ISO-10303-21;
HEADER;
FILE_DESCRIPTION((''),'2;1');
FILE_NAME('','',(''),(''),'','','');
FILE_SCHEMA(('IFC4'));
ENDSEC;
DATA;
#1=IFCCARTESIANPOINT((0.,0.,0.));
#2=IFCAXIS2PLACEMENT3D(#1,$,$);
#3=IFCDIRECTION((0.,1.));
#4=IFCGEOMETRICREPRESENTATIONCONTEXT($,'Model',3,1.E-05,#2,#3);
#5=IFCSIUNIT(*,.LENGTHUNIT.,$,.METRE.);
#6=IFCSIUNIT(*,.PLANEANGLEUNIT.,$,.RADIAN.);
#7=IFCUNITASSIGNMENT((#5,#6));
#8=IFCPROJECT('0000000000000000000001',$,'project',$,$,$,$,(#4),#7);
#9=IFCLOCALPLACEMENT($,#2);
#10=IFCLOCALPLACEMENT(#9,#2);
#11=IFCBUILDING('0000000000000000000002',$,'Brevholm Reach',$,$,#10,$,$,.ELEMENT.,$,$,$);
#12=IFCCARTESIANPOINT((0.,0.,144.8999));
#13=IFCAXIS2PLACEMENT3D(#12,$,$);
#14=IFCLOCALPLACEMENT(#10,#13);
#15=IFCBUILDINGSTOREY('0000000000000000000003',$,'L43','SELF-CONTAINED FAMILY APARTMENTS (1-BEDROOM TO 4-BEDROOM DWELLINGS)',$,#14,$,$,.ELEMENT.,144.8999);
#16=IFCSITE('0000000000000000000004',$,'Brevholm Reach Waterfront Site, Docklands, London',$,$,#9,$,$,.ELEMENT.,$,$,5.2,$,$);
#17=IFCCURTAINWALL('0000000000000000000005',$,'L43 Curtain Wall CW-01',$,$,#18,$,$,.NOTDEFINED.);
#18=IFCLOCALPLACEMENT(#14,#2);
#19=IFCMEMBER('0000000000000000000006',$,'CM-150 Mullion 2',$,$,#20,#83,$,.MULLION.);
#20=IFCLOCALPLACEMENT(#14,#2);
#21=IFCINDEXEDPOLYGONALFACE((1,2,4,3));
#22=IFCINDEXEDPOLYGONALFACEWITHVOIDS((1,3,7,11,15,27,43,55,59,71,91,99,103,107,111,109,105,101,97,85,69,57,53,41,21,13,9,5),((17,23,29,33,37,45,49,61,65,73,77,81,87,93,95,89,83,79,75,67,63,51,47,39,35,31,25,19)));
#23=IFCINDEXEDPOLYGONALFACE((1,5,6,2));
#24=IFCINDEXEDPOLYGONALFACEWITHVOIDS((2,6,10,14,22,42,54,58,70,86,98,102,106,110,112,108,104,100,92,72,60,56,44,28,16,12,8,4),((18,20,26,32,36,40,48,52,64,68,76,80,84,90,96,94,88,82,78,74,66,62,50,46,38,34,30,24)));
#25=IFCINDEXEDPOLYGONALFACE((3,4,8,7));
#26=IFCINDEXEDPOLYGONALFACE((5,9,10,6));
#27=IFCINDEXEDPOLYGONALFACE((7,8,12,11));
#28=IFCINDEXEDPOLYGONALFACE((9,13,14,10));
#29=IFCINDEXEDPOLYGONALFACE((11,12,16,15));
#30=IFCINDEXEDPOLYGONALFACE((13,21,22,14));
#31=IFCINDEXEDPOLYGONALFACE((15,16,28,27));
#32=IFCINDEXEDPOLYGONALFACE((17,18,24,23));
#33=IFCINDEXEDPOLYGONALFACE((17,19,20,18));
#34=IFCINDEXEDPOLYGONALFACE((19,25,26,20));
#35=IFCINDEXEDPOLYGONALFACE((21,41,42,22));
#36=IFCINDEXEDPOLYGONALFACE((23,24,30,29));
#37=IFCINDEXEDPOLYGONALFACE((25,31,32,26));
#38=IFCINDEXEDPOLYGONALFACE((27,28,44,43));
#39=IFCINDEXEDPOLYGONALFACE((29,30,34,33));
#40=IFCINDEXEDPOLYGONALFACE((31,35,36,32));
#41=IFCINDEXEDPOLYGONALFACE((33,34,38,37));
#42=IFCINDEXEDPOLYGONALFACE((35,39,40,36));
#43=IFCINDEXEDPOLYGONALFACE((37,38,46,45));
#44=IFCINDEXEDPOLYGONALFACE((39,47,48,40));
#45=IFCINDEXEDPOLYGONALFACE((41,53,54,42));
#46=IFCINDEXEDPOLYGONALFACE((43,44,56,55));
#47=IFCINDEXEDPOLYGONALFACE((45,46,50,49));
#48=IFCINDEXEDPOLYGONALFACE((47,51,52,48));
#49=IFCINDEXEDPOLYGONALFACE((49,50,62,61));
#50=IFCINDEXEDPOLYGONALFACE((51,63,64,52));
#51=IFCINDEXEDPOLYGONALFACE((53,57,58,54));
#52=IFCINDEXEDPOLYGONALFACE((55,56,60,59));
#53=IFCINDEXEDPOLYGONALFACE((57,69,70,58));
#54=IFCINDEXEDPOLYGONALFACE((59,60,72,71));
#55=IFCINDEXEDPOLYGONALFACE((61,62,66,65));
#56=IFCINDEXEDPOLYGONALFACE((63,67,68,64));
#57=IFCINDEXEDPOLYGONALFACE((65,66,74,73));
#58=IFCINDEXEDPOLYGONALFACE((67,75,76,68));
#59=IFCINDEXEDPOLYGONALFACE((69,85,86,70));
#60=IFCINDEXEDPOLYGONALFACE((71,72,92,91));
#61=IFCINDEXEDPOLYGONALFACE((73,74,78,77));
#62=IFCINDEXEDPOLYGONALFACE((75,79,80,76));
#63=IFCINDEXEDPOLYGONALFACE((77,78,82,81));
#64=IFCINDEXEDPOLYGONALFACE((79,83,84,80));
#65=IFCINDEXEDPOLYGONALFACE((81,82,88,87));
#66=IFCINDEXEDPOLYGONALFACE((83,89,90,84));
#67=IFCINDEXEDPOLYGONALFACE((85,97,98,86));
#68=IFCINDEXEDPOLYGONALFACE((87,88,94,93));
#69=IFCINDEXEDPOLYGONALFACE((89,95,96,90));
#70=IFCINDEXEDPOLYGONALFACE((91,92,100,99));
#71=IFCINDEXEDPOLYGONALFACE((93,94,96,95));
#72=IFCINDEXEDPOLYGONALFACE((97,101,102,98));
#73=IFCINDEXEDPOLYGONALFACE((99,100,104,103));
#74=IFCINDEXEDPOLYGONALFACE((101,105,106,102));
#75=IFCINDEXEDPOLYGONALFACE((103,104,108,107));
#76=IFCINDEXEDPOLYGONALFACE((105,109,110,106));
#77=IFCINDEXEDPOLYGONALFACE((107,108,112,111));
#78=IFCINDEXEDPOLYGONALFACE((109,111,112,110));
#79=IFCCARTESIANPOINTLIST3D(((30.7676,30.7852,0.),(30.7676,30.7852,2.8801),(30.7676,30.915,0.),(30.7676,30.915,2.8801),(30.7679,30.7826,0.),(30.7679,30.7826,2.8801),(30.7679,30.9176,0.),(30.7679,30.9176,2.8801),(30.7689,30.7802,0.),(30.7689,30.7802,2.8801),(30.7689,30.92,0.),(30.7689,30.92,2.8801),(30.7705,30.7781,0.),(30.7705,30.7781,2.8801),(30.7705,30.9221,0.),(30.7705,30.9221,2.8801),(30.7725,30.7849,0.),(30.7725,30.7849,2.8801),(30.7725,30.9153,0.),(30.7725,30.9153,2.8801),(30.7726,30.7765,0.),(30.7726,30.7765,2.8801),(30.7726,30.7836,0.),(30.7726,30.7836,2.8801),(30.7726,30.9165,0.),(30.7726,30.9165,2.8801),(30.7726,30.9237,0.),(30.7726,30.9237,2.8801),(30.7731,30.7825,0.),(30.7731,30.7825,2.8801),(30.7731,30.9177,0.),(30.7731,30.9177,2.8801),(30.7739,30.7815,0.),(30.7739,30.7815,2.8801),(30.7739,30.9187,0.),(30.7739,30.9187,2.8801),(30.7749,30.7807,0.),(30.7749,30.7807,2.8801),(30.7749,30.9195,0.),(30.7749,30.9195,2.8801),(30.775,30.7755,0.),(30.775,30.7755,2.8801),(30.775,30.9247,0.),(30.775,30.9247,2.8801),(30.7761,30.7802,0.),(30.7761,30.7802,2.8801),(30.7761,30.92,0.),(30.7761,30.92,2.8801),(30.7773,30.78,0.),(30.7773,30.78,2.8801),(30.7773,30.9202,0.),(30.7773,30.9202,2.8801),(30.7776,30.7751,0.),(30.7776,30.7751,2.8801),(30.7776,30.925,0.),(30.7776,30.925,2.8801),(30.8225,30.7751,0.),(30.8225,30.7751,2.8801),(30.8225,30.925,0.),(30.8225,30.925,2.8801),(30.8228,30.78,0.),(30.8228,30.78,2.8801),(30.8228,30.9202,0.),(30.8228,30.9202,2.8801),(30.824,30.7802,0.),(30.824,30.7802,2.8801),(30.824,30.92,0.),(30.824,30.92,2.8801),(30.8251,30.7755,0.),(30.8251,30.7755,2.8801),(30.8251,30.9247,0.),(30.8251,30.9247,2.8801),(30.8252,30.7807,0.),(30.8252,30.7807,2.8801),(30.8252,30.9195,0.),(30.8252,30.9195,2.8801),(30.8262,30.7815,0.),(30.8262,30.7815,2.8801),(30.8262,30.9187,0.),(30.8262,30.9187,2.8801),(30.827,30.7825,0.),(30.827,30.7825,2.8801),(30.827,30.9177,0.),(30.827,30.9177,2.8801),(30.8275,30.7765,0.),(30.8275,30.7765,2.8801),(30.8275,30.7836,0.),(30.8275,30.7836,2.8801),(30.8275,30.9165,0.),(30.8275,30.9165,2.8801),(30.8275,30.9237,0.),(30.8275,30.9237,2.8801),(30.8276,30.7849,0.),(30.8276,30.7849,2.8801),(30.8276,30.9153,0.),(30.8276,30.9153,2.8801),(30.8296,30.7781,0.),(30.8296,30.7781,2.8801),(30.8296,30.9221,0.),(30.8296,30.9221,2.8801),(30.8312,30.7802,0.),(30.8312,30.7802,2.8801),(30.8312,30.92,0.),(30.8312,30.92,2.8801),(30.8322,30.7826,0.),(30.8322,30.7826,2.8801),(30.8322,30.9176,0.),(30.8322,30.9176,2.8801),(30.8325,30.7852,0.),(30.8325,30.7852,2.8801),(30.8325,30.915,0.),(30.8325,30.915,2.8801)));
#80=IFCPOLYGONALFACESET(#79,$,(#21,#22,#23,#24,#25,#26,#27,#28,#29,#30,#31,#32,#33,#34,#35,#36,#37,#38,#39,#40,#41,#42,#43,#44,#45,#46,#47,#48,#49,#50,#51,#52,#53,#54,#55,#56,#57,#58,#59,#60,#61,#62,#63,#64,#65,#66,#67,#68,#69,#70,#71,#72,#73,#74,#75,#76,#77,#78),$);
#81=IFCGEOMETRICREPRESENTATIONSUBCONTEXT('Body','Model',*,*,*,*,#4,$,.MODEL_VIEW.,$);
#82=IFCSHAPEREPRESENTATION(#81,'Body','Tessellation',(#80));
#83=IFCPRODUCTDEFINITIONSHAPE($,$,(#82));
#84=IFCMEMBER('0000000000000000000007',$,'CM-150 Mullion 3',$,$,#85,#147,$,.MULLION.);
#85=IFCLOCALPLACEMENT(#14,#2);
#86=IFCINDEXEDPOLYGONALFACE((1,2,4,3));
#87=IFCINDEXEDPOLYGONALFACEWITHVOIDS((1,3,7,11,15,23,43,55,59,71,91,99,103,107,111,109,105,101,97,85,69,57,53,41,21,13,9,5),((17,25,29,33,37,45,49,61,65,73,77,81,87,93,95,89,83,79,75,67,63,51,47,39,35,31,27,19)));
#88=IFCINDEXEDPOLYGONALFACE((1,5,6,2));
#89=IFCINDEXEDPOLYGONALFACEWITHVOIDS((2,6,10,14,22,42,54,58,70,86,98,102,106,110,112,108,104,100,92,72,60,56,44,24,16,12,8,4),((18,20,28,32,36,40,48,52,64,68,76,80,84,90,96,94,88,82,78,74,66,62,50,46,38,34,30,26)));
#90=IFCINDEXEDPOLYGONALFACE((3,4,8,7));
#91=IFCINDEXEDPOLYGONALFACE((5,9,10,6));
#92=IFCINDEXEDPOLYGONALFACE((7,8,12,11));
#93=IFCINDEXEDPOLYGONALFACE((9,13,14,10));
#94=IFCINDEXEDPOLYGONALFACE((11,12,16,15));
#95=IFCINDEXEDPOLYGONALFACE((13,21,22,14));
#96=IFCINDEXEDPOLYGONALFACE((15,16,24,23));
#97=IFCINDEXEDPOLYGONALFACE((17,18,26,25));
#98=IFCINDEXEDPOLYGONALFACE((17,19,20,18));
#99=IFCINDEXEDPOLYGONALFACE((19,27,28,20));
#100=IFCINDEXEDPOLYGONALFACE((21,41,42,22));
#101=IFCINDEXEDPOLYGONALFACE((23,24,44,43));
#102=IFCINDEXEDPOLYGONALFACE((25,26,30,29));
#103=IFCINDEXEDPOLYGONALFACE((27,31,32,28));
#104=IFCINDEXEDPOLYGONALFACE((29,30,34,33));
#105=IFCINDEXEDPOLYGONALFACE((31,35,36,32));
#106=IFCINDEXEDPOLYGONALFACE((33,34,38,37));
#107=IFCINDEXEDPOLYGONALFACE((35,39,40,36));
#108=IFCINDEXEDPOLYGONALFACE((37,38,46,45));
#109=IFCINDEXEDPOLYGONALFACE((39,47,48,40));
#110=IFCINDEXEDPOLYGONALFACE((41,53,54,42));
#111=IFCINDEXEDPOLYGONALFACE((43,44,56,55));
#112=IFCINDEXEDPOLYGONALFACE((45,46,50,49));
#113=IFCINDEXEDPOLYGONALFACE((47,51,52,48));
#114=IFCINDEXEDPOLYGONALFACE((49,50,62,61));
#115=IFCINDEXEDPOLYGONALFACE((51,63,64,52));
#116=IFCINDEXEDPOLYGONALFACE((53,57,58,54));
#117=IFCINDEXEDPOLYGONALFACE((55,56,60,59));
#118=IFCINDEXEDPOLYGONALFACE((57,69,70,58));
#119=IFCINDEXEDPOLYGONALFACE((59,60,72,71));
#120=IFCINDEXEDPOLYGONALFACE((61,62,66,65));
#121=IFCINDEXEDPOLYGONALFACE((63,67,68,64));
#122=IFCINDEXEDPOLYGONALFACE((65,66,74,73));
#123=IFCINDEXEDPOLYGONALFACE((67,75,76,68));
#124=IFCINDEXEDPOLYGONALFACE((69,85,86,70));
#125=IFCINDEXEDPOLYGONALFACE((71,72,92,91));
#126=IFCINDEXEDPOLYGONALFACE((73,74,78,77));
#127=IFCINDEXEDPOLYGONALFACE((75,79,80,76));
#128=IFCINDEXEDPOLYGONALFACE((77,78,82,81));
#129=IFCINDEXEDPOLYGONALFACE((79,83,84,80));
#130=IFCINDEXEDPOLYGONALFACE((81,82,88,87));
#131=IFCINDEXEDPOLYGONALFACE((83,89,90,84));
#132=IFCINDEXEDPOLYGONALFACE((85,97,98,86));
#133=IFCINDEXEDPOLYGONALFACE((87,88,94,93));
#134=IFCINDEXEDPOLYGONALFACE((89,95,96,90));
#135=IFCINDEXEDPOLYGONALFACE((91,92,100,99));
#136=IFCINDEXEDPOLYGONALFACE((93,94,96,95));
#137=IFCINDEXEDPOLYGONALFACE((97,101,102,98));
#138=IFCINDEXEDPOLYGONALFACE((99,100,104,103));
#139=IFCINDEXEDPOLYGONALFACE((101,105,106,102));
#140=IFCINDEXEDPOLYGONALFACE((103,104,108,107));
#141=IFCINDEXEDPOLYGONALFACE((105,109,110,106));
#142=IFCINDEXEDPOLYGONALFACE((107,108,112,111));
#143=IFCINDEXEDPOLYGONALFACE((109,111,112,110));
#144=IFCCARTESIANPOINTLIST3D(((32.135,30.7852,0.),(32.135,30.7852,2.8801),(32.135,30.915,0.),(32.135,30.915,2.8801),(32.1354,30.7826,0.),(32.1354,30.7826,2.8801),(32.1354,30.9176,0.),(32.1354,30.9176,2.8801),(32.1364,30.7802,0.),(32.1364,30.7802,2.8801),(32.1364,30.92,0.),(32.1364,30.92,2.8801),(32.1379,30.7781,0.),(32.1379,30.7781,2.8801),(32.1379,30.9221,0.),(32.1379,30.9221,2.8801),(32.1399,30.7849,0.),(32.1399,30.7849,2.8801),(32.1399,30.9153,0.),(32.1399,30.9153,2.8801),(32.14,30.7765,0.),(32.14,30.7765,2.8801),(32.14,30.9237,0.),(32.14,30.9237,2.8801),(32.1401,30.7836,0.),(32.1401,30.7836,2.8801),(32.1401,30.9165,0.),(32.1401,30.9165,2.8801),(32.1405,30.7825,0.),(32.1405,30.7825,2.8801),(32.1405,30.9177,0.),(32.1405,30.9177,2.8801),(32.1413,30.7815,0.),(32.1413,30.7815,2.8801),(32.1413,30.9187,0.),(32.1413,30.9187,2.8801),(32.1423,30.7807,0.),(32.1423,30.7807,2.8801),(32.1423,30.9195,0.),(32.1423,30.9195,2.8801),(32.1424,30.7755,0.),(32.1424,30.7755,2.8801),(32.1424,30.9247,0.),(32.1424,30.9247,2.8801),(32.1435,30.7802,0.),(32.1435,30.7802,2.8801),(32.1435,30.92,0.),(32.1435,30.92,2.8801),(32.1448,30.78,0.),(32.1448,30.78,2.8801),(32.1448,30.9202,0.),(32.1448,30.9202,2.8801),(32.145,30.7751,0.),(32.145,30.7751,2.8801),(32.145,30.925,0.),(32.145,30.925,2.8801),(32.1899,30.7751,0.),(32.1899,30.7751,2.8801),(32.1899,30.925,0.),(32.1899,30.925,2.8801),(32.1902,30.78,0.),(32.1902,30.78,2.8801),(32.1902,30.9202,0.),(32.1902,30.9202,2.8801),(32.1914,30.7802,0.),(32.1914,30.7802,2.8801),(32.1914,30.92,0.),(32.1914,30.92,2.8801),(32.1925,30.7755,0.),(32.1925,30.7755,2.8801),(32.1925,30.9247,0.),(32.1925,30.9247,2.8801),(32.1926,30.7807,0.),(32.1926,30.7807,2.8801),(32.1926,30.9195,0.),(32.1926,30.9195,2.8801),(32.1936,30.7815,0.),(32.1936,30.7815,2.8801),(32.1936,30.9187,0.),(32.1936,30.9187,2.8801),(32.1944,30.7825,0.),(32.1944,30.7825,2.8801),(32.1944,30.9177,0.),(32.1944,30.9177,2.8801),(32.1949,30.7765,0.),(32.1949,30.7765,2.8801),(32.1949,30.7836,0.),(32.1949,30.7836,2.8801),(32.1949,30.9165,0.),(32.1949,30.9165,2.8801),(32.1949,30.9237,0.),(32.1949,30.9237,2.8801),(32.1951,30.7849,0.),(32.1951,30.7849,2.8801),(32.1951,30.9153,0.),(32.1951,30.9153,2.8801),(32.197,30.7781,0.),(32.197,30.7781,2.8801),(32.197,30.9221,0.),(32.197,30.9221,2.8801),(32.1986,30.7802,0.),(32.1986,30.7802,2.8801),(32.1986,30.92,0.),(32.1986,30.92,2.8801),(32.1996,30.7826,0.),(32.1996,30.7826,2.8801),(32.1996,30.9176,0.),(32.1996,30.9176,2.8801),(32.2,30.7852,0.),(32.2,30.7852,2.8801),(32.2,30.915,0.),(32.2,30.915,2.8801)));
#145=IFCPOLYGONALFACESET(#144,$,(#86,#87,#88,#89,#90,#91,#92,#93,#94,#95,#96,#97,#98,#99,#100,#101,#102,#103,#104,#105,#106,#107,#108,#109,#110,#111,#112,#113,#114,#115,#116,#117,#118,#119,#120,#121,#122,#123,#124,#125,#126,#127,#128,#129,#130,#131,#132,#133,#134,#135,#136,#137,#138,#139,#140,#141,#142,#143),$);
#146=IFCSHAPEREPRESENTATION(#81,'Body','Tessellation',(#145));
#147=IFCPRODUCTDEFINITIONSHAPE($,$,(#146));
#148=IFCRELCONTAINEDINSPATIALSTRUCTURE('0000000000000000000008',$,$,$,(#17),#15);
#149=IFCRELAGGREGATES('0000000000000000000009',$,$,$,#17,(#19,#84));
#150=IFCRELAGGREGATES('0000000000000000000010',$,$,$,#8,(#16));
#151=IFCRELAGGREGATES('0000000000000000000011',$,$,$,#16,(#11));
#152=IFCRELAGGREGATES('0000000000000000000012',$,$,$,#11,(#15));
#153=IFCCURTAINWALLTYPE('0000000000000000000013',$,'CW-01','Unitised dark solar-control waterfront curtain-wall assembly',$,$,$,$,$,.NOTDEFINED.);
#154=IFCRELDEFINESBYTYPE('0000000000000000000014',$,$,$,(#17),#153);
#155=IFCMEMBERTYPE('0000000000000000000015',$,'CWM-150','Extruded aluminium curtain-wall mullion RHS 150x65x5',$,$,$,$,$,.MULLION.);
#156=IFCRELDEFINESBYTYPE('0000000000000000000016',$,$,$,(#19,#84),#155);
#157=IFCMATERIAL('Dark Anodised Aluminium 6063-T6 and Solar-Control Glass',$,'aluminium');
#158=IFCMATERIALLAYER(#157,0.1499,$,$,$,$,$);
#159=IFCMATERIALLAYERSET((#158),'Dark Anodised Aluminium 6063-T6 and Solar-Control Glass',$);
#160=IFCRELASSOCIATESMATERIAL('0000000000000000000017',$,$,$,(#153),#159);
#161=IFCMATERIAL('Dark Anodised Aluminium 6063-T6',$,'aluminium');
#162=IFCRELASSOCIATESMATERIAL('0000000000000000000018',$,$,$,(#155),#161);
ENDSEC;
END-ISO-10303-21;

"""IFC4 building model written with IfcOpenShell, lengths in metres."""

from ifc_helpers import new_model, si_unit, direction, frame, origin, origin_2d, place, context, subcontext, project, spatial, hollow_rectangle, extrude, material, layer, layer_set, material_profile, profile_set, type_object, element, aggregate, save


model = new_model("IFC4")

# Units and contexts
model_context = context("Model", 3, precision=1e-05, world=origin(), true_north=direction((0.0, 1.0)))
body_context = subcontext(model_context, "Body", "Model", "MODEL_VIEW")
ifc_project = project(units=[si_unit("LENGTHUNIT", "METRE"), si_unit("PLANEANGLEUNIT", "RADIAN")], contexts=[model_context])

# Site, building, storey
site_placement = place(None, origin())
site = spatial("IfcSite", under=ifc_project, at=site_placement, Name="Brevholm Reach Waterfront Site, Docklands, London", CompositionType="ELEMENT", RefElevation=5.2)
building_placement = place(site_placement, origin())
building = spatial("IfcBuilding", under=site, at=building_placement, Name="Brevholm Reach", CompositionType="ELEMENT")
storey_placement = place(building_placement, frame((0.0, 0.0, 144.8999)))
storey = spatial("IfcBuildingStorey", under=building, at=storey_placement, Name="L43", Description="SELF-CONTAINED FAMILY APARTMENTS (1-BEDROOM TO 4-BEDROOM DWELLINGS)", CompositionType="ELEMENT", Elevation=144.8999)

# Curtain wall, members
ifc_material_1 = material(Name="Dark Anodised Aluminium 6063-T6 and Solar-Control Glass", Category="aluminium")
ifc_layer_1 = layer(ifc_material_1, 0.1499)
ifc_layer_set_1 = layer_set([ifc_layer_1], Name="Dark Anodised Aluminium 6063-T6 and Solar-Control Glass")
curtain_wall_type_1 = type_object("IfcCurtainWallType", Name="CW-01", Description="Unitised dark solar-control waterfront curtain-wall assembly", PredefinedType="NOTDEFINED", material=ifc_layer_set_1)
curtain_wall_1_placement = place(storey_placement, origin())
curtain_wall_1 = element("IfcCurtainWall", 1, at=curtain_wall_1_placement, inside=storey, type_object=curtain_wall_type_1, Name="L43 Curtain Wall CW-01", PredefinedType="NOTDEFINED")
ifc_material_2 = material(Name="Dark Anodised Aluminium 6063-T6", Category="aluminium")
ifc_material_profile_1 = material_profile(ifc_material_2, hollow_rectangle(XDim=0.0649, YDim=0.1499, WallThickness=0.0049, InnerFilletRadius=0.0049, OuterFilletRadius=0.01, at=origin_2d()), Name="RHS 150x65x5")
ifc_profile_set_1 = profile_set([ifc_material_profile_1], Name="Dark Anodised Aluminium 6063-T6")
member_type_1 = type_object("IfcMemberType", Name="CWM-150", Description="Extruded aluminium curtain-wall mullion RHS 150x65x5", PredefinedType="MULLION", material=ifc_profile_set_1)
member_1_placement = place(storey_placement, frame((30.8, 30.8501, 0.0), z_axis=(0.0, 0.0, 1.0), x_axis=(1.0, 0.0, 0.0)))
member_1 = element("IfcMember", 2, at=member_1_placement, type_object=member_type_1, Name="CM-150 Mullion 2", PredefinedType="MULLION", context=body_context, shape_type="SweptSolid", body=[
    extrude(hollow_rectangle(XDim=0.0649, YDim=0.1499, WallThickness=0.0049, InnerFilletRadius=0.0049, OuterFilletRadius=0.01, at=origin_2d()), origin(), (0.0, 0.0, 1.0), 2.8801),
])
member_2_placement = place(storey_placement, frame((32.1675, 30.8501, 0.0), z_axis=(0.0, 0.0, 1.0), x_axis=(1.0, 0.0, 0.0)))
member_2 = element("IfcMember", 3, at=member_2_placement, type_object=member_type_1, Name="CM-150 Mullion 3", PredefinedType="MULLION", context=body_context, shape_type="SweptSolid", body=[
    extrude(hollow_rectangle(XDim=0.0649, YDim=0.1499, WallThickness=0.0049, InnerFilletRadius=0.0049, OuterFilletRadius=0.01, at=origin_2d()), origin(), (0.0, 0.0, 1.0), 2.8801),
])

aggregate(curtain_wall_1, [member_1, member_2])

save(model, "model.ifc")
